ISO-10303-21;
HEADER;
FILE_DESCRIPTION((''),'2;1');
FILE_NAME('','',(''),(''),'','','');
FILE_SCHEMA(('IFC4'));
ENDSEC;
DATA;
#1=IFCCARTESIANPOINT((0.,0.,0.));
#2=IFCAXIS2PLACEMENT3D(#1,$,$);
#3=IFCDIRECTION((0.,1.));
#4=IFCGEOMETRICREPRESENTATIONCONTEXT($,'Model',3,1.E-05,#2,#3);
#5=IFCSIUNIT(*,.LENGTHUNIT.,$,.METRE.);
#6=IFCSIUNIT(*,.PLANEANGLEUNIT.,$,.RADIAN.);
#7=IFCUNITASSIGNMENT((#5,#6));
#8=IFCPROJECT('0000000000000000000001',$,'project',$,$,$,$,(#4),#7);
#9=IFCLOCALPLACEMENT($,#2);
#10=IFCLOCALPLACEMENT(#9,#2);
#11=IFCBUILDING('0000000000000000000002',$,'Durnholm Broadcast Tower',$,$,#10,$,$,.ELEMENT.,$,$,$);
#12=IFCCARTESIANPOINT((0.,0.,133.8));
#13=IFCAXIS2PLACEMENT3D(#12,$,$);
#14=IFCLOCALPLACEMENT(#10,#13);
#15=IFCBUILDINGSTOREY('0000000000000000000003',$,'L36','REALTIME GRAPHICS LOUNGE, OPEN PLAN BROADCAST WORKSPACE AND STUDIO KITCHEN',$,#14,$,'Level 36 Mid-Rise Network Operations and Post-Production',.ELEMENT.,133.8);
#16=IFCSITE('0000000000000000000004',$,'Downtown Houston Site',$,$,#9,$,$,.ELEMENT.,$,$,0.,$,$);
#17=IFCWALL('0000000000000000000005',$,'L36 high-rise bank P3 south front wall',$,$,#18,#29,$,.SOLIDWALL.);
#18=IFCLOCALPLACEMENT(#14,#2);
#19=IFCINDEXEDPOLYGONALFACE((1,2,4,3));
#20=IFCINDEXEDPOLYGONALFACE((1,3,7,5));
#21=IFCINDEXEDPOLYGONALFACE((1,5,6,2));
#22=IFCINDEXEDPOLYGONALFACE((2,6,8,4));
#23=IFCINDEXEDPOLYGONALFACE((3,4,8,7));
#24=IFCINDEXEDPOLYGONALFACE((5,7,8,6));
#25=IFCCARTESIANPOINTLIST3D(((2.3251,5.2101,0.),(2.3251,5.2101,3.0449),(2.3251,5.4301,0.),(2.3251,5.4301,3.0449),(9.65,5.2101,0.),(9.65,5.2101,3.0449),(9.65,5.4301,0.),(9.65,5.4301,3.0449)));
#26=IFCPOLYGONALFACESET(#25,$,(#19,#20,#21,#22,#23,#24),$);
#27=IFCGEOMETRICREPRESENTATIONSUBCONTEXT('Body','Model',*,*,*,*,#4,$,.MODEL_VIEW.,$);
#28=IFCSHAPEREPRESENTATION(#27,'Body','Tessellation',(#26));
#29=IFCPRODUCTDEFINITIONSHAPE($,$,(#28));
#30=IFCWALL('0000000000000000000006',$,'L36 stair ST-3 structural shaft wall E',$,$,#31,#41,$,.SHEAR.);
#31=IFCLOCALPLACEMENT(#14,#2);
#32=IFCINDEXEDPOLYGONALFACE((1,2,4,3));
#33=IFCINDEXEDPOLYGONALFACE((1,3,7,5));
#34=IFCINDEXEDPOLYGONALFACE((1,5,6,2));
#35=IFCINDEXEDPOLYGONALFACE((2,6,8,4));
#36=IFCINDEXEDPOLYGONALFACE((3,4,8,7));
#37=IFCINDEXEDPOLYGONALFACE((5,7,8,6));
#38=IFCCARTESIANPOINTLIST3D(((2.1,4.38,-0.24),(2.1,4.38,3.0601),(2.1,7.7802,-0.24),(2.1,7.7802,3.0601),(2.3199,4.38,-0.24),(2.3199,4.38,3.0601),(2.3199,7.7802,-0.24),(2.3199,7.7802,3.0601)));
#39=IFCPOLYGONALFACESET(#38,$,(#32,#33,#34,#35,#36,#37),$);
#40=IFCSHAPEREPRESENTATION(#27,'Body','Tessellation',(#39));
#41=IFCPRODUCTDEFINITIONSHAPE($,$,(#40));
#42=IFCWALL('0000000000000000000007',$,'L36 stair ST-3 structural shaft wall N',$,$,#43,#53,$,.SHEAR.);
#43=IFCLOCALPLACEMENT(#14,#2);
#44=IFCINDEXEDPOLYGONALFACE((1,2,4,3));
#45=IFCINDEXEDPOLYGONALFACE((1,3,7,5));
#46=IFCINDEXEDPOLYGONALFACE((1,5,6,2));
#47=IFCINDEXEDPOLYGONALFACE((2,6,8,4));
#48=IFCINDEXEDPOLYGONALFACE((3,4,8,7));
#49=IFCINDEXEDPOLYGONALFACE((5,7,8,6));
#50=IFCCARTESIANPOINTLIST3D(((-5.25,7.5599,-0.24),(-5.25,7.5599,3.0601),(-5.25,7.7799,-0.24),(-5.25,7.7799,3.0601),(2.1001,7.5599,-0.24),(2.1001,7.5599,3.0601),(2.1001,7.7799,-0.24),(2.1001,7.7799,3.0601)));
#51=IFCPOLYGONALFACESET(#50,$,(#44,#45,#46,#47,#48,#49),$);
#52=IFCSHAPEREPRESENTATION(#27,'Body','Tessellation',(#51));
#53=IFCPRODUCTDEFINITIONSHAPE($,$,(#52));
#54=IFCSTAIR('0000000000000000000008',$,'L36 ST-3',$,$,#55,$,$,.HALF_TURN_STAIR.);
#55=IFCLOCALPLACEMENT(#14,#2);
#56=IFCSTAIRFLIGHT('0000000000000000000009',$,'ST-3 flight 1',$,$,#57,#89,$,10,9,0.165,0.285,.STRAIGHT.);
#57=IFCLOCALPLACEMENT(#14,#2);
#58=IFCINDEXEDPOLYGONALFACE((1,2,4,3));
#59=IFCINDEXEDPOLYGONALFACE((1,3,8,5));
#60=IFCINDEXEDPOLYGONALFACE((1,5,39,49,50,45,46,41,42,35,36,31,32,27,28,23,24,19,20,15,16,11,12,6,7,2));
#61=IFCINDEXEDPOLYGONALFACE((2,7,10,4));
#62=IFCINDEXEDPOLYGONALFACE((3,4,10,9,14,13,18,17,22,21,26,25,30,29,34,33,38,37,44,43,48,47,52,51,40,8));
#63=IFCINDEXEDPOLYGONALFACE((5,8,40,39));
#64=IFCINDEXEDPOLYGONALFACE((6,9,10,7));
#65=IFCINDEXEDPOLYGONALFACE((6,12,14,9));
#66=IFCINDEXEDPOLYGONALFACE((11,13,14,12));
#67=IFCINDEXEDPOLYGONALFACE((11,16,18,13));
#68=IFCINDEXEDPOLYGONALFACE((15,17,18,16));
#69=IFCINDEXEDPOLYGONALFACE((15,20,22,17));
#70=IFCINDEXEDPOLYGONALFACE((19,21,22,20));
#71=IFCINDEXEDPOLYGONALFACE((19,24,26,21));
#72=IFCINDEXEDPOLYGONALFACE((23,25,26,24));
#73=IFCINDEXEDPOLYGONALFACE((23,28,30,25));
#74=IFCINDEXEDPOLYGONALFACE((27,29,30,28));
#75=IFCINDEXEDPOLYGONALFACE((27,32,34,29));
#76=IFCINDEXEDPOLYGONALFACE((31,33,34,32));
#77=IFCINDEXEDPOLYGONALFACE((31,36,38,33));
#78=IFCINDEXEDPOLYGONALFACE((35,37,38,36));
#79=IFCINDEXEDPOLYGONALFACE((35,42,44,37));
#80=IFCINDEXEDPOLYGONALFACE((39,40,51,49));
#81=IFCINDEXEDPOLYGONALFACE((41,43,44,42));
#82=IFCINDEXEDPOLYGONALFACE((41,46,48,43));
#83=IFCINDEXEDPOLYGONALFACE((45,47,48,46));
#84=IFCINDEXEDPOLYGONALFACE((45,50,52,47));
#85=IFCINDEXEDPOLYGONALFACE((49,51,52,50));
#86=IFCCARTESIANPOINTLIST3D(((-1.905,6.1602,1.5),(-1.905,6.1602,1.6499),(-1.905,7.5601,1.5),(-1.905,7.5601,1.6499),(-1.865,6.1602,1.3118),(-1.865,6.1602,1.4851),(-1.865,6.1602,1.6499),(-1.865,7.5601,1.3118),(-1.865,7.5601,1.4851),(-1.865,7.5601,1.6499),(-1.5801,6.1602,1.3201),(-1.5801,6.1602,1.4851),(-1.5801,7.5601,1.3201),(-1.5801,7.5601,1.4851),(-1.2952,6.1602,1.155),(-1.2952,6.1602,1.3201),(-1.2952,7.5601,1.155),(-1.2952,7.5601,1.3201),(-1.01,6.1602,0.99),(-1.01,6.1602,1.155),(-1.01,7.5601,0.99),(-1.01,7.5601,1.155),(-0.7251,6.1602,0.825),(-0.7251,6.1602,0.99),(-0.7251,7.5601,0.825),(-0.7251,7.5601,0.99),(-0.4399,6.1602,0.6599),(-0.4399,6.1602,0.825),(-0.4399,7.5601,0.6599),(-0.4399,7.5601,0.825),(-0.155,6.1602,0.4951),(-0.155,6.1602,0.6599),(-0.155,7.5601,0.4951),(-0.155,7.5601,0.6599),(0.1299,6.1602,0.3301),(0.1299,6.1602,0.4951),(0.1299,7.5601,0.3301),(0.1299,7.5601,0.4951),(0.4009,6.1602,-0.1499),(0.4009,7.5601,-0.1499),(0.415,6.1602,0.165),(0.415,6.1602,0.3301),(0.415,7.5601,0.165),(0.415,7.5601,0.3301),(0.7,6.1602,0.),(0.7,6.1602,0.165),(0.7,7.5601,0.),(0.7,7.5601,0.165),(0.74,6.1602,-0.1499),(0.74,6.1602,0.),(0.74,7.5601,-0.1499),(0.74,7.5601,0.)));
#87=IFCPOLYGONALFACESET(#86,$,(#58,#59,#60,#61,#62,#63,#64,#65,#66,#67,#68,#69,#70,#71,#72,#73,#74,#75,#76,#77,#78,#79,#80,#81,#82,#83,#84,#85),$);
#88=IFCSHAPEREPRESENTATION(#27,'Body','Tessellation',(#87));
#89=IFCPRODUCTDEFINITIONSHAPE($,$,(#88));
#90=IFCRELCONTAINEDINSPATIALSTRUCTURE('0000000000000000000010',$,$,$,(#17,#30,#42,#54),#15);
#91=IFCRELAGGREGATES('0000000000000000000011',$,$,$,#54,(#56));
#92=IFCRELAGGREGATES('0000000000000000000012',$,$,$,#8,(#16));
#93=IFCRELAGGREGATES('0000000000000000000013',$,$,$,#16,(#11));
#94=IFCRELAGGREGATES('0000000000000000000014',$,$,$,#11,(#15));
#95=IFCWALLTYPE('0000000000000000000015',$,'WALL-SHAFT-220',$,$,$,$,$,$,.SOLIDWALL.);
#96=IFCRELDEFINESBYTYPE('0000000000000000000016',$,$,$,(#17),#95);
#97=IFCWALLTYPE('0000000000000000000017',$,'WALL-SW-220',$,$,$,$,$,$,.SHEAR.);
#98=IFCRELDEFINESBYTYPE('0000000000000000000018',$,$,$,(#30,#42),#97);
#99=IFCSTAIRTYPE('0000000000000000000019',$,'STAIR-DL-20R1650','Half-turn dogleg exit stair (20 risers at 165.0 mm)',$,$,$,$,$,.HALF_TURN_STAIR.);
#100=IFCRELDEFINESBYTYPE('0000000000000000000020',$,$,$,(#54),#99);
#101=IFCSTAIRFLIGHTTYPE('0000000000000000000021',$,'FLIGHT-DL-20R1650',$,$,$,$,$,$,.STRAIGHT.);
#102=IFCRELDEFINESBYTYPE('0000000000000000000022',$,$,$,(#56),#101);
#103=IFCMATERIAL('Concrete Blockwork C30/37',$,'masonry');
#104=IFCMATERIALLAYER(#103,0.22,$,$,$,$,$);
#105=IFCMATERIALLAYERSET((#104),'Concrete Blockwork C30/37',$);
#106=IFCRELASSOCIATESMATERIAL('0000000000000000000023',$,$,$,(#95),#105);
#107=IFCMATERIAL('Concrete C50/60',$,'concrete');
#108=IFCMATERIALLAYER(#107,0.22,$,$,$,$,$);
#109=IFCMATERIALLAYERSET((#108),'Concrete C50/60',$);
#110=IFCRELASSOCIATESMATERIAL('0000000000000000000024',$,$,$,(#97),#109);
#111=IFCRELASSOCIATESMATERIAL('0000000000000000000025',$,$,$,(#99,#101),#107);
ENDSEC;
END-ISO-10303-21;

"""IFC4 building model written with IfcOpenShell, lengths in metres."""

from ifc_helpers import new_model, si_unit, direction, frame, frame_2d, origin, place, context, subcontext, project, spatial, polyline, rectangle, outline, extrude, material, layer, layer_set, type_object, element, aggregate, save


model = new_model("IFC4")

# Units and contexts
model_context = context("Model", 3, precision=1e-05, world=origin(), true_north=direction((0.0, 1.0)))
body_context = subcontext(model_context, "Body", "Model", "MODEL_VIEW")
ifc_project = project(units=[si_unit("LENGTHUNIT", "METRE"), si_unit("PLANEANGLEUNIT", "RADIAN")], contexts=[model_context])

# Site, building, storey
site_placement = place(None, origin())
site = spatial("IfcSite", under=ifc_project, at=site_placement, Name="Downtown Houston Site", CompositionType="ELEMENT", RefElevation=0.0)
building_placement = place(site_placement, origin())
building = spatial("IfcBuilding", under=site, at=building_placement, Name="Durnholm Broadcast Tower", CompositionType="ELEMENT")
storey_placement = place(building_placement, frame((0.0, 0.0, 133.8)))
storey = spatial("IfcBuildingStorey", under=building, at=storey_placement, Name="L36", Description="REALTIME GRAPHICS LOUNGE, OPEN PLAN BROADCAST WORKSPACE AND STUDIO KITCHEN", LongName="Level 36 Mid-Rise Network Operations and Post-Production", CompositionType="ELEMENT", Elevation=133.8)

# Shared definitions
ifc_material_1 = material(Name="Concrete Blockwork C30/37", Category="masonry")
ifc_layer_1 = layer(ifc_material_1, 0.22)
ifc_layer_set_1 = layer_set([ifc_layer_1], Name="Concrete Blockwork C30/37")
wall_type_1 = type_object("IfcWallType", Name="WALL-SHAFT-220", PredefinedType="SOLIDWALL", material=ifc_layer_set_1)

# Walls
wall_1_placement = place(storey_placement, frame((2.325, 5.3201, 0.0), z_axis=(0.0, 0.0, 1.0), x_axis=(1.0, 0.0, 0.0)))
element("IfcWall", 1, at=wall_1_placement, inside=storey, type_object=wall_type_1, Name="L36 high-rise bank P3 south front wall", PredefinedType="SOLIDWALL", context=body_context, shape_type="SweptSolid", body=[
    extrude(rectangle(XDim=7.325, YDim=0.22, at=frame_2d((3.6626, 0.0))), origin(), (0.0, 0.0, 1.0), 3.0449),
])
ifc_material_2 = material(Name="Concrete C50/60", Category="concrete")
ifc_layer_2 = layer(ifc_material_2, 0.22)
ifc_layer_set_2 = layer_set([ifc_layer_2], Name="Concrete C50/60")
wall_type_2 = type_object("IfcWallType", Name="WALL-SW-220", PredefinedType="SHEAR", material=ifc_layer_set_2)
wall_2_placement = place(storey_placement, frame((2.21, 4.3799, -0.24), z_axis=(0.0, 0.0, 1.0), x_axis=(0.0, 1.0, 0.0)))
element("IfcWall", 2, at=wall_2_placement, inside=storey, type_object=wall_type_2, Name="L36 stair ST-3 structural shaft wall E", PredefinedType="SHEAR", context=body_context, shape_type="SweptSolid", body=[
    extrude(rectangle(XDim=3.4001, YDim=0.22, at=frame_2d((1.7002, 0.0))), origin(), (0.0, 0.0, 1.0), 3.3),
])
wall_3_placement = place(storey_placement, frame((2.1001, 7.6699, -0.24), z_axis=(0.0, 0.0, 1.0), x_axis=(-1.0, 0.0, 0.0)))
element("IfcWall", 3, at=wall_3_placement, inside=storey, type_object=wall_type_2, Name="L36 stair ST-3 structural shaft wall N", PredefinedType="SHEAR", context=body_context, shape_type="SweptSolid", body=[
    extrude(rectangle(XDim=7.3501, YDim=0.22, at=frame_2d((3.675, 0.0))), origin(), (0.0, 0.0, 1.0), 3.3),
])

# Stair, stair flight
stair_type = type_object("IfcStairType", Name="STAIR-DL-20R1650", Description="Half-turn dogleg exit stair (20 risers at 165.0 mm)", PredefinedType="HALF_TURN_STAIR", material=ifc_material_2)
stair_placement = place(storey_placement, origin())
stair = element("IfcStair", 4, at=stair_placement, inside=storey, type_object=stair_type, Name="L36 ST-3", PredefinedType="HALF_TURN_STAIR")
stair_flight_type = type_object("IfcStairFlightType", Name="FLIGHT-DL-20R1650", PredefinedType="STRAIGHT", material=ifc_material_2)
stair_flight_placement = place(storey_placement, frame((0.7, 6.8601, 0.0), z_axis=(0.0, 0.0, 1.0), x_axis=(-1.0, 0.0, 0.0)))
stair_flight = element("IfcStairFlight", 5, at=stair_flight_placement, type_object=stair_flight_type, Name="ST-3 flight 1", NumberOfRisers=10, NumberOfTreads=9, PredefinedType="STRAIGHT", RiserHeight=0.165, TreadLength=0.285, context=body_context, shape_type="SweptSolid", body=[
    extrude(outline(polyline([(-0.04, -0.1499), (-0.04, 0.0), (0.0, 0.0), (0.0, 0.165), (0.2849, 0.165), (0.2849, 0.3301), (0.5701, 0.3301), (0.5701, 0.4951), (0.855, 0.4951), (0.855, 0.6599), (1.1399, 0.6599), (1.1399, 0.825), (1.425, 0.825), (1.425, 0.99), (1.71, 0.99), (1.71, 1.155), (1.9951, 1.155), (1.9951, 1.3201), (2.28, 1.3201), (2.28, 1.4851), (2.5649, 1.4851), (2.5649, 1.6499), (2.605, 1.6499), (2.605, 1.5), (2.5649, 1.3118), (0.2991, -0.1499), (-0.04, -0.1499)])), frame((0.0, 0.7, 0.0), z_axis=(0.0, -1.0, 0.0), x_axis=(1.0, 0.0, 0.0)), (0.0, 0.0, 1.0), 1.3999),
])
aggregate(stair, [stair_flight])

save(model, "model.ifc")
